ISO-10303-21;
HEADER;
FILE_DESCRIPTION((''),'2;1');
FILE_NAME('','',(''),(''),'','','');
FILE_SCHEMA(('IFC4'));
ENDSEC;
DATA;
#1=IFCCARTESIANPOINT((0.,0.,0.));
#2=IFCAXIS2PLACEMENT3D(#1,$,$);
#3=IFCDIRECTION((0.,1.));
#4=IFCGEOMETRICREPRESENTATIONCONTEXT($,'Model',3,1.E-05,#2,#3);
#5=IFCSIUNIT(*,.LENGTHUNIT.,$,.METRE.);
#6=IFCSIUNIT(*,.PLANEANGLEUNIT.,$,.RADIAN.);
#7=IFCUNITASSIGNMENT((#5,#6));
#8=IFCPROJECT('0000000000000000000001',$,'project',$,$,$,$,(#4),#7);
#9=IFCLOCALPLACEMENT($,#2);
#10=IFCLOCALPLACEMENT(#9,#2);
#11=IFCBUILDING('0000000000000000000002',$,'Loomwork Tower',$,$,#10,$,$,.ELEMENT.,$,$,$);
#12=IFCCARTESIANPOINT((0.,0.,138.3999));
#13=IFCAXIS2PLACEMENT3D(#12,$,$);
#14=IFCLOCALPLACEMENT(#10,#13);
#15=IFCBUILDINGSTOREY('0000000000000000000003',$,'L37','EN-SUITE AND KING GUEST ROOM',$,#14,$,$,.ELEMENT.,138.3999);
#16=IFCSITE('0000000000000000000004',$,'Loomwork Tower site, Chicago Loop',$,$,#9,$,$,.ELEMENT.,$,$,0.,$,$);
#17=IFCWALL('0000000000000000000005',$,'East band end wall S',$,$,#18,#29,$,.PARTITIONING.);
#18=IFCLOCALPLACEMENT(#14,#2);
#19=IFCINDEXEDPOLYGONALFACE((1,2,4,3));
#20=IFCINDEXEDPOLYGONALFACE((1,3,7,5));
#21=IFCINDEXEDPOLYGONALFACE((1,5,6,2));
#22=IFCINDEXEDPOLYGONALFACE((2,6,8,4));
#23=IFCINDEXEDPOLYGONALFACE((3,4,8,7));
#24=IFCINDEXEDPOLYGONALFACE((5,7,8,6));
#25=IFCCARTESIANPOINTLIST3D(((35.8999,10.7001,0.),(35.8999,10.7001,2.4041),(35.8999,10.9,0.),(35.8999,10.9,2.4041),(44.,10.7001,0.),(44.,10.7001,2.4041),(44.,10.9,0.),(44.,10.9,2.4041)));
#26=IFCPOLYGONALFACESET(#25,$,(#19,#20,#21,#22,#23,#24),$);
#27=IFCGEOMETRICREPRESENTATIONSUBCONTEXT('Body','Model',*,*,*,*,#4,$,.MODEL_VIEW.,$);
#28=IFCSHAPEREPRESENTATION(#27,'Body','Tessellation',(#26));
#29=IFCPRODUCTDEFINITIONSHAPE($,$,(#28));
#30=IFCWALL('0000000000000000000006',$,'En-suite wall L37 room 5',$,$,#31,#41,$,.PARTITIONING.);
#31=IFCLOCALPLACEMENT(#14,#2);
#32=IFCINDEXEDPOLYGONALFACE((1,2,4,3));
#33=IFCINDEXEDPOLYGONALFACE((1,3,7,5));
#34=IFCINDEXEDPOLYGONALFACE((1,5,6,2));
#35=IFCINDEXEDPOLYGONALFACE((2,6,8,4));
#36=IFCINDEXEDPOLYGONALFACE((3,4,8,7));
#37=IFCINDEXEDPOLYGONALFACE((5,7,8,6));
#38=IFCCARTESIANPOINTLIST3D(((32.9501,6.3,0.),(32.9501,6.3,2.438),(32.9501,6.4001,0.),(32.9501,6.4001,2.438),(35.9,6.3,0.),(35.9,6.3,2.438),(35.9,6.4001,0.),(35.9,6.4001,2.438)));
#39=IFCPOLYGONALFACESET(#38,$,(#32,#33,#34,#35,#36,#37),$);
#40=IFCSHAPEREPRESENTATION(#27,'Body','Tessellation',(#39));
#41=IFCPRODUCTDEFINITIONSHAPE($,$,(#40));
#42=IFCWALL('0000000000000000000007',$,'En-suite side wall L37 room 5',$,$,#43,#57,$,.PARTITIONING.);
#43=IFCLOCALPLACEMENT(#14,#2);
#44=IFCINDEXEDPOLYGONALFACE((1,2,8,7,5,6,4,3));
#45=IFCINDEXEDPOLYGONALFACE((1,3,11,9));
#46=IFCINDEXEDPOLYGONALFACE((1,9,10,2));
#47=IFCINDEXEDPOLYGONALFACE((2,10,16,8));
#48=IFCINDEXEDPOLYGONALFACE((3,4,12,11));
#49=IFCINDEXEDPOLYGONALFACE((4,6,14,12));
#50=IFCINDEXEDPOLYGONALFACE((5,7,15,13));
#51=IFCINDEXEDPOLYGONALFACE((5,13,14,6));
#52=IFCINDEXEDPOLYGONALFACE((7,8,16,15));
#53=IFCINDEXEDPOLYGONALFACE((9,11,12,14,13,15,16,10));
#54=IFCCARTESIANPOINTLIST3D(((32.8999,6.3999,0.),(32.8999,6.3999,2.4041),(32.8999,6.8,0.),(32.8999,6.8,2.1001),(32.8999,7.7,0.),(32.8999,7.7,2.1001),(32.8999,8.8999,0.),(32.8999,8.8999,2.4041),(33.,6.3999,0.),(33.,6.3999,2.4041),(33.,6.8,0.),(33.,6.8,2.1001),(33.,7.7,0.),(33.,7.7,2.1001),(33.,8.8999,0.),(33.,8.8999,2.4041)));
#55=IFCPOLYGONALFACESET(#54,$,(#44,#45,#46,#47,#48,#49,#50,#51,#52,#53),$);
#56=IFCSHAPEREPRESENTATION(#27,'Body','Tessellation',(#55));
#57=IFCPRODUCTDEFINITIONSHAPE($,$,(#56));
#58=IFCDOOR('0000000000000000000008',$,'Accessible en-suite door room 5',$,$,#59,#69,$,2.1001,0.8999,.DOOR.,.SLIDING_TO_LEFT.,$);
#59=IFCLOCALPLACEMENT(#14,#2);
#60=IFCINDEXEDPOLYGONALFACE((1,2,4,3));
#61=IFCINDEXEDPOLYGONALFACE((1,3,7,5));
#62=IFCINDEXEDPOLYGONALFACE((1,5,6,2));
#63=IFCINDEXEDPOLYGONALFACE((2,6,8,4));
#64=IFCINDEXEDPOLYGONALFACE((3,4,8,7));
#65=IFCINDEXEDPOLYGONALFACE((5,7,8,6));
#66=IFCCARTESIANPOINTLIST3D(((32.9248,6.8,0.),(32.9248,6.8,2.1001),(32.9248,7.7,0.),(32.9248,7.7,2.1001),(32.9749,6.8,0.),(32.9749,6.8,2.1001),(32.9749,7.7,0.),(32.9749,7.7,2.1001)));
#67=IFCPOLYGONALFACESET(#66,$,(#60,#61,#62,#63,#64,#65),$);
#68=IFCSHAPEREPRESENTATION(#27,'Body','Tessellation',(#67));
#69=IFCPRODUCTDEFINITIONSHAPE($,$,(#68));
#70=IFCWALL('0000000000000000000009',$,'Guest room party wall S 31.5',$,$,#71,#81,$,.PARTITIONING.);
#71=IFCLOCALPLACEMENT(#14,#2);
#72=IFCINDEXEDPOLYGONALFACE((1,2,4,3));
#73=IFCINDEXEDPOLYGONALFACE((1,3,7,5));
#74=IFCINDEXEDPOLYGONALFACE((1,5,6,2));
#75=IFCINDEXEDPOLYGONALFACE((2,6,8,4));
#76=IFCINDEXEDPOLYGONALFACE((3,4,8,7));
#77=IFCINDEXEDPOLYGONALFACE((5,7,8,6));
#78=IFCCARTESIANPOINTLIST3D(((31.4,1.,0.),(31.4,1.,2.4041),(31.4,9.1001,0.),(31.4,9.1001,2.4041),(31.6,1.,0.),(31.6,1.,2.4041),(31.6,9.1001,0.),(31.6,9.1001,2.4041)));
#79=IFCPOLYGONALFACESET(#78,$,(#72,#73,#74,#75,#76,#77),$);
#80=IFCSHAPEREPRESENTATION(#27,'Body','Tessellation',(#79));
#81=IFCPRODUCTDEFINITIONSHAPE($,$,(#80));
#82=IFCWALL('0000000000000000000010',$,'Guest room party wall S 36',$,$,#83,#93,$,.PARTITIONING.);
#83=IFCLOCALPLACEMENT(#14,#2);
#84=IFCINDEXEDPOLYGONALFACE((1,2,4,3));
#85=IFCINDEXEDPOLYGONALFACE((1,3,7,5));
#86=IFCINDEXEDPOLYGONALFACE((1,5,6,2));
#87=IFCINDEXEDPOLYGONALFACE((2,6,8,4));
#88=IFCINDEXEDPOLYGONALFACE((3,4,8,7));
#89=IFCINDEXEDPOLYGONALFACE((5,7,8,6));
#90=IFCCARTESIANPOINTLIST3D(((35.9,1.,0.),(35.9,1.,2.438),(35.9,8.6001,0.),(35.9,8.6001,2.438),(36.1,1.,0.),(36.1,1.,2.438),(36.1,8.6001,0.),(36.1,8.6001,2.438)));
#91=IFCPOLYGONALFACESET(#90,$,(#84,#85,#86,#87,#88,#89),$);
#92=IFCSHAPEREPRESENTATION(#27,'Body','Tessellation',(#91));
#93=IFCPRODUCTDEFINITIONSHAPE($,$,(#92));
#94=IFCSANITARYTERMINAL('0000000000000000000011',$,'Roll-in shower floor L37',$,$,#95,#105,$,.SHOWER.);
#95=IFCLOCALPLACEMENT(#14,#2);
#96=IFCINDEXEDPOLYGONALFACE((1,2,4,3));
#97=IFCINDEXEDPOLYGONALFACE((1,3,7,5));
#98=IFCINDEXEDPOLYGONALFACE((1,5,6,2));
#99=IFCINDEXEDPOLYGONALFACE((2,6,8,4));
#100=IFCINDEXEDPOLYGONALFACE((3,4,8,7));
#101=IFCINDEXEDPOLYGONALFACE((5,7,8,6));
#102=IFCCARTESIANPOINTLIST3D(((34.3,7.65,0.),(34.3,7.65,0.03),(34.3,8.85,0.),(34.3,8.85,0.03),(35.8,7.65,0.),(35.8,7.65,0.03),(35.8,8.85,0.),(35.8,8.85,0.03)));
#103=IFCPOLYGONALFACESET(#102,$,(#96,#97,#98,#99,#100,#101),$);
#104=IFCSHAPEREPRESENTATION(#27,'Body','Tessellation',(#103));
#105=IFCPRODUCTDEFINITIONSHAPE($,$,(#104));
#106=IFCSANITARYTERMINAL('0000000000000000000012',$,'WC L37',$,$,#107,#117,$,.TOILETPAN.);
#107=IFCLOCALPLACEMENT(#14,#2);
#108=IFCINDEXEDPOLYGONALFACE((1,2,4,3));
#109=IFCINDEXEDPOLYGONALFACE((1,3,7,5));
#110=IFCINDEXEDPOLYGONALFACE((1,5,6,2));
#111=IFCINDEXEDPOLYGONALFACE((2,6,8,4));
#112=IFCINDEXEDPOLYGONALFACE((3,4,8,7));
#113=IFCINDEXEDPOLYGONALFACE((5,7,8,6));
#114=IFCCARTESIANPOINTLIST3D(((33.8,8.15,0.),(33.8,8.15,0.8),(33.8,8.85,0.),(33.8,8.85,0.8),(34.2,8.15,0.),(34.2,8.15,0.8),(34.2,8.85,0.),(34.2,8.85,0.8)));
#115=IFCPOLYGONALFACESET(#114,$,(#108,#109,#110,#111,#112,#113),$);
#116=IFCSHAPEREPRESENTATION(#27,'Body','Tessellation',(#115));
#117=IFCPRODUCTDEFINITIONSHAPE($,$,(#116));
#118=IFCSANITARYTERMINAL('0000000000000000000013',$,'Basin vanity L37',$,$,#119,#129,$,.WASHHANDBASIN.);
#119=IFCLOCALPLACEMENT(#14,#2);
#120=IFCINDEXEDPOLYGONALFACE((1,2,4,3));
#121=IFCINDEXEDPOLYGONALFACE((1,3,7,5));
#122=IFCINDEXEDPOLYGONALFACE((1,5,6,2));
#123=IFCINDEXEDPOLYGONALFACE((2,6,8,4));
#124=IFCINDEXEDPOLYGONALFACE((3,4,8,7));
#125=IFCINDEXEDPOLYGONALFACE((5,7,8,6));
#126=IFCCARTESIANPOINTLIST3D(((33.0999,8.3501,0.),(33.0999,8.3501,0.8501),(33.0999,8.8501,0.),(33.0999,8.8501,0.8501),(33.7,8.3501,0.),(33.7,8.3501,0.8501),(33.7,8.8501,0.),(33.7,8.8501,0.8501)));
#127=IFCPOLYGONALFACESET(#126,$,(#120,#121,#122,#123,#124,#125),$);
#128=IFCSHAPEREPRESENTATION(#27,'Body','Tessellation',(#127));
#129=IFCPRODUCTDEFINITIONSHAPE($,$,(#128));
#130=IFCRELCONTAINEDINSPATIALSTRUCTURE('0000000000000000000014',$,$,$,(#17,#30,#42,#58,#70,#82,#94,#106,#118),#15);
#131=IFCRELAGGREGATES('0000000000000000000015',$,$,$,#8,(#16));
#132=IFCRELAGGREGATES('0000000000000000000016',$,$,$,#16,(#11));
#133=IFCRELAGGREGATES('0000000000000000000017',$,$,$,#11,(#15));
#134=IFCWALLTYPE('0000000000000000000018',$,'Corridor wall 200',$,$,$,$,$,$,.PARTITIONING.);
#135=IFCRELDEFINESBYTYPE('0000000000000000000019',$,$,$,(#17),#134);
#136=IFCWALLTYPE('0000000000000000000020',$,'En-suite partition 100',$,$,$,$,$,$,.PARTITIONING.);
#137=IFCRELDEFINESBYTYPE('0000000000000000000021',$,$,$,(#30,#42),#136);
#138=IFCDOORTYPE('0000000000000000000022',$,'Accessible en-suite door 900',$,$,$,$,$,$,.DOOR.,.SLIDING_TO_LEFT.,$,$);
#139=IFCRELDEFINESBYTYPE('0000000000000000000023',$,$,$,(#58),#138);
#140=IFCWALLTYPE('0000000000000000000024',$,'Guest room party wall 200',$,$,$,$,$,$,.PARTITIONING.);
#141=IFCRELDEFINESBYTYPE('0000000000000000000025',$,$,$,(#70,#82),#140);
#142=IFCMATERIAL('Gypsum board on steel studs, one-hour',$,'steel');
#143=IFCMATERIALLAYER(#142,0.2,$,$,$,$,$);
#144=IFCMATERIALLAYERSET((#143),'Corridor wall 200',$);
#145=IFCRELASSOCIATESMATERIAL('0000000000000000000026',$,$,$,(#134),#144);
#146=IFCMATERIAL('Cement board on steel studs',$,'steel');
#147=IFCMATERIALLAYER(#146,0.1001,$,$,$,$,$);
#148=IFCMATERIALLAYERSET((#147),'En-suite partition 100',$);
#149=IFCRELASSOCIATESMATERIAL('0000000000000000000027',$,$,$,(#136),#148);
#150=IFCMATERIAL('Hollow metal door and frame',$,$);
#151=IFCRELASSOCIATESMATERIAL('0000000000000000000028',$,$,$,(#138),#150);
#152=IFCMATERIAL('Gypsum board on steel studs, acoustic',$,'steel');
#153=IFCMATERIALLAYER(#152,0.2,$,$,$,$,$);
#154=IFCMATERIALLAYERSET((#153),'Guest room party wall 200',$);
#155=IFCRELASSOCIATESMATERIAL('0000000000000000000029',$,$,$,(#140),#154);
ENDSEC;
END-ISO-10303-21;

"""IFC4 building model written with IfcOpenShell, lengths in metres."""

from ifc_helpers import new_model, si_unit, direction, frame, frame_2d, origin, origin_2d, place, context, subcontext, project, spatial, rectangle, extrude, material, layer, layer_set, type_object, element, fill, save


model = new_model("IFC4")

# Units and contexts
model_context = context("Model", 3, precision=1e-05, world=origin(), true_north=direction((0.0, 1.0)))
body_context = subcontext(model_context, "Body", "Model", "MODEL_VIEW")
ifc_project = project(units=[si_unit("LENGTHUNIT", "METRE"), si_unit("PLANEANGLEUNIT", "RADIAN")], contexts=[model_context])

# Site, building, storey
site_placement = place(None, origin())
site = spatial("IfcSite", under=ifc_project, at=site_placement, Name="Loomwork Tower site, Chicago Loop", CompositionType="ELEMENT", RefElevation=0.0)
building_placement = place(site_placement, origin())
building = spatial("IfcBuilding", under=site, at=building_placement, Name="Loomwork Tower", CompositionType="ELEMENT")
storey_placement = place(building_placement, frame((0.0, 0.0, 138.3999)))
storey = spatial("IfcBuildingStorey", under=building, at=storey_placement, Name="L37", Description="EN-SUITE AND KING GUEST ROOM", CompositionType="ELEMENT", Elevation=138.3999)

# Shared definitions
ifc_material_1 = material(Name="Gypsum board on steel studs, one-hour", Category="steel")
ifc_layer_1 = layer(ifc_material_1, 0.2)
ifc_layer_set_1 = layer_set([ifc_layer_1], Name="Corridor wall 200")
wall_type_1 = type_object("IfcWallType", Name="Corridor wall 200", PredefinedType="PARTITIONING", material=ifc_layer_set_1)

# Walls
wall_1_placement = place(storey_placement, frame((35.8999, 10.8, 0.0), z_axis=(0.0, 0.0, 1.0), x_axis=(1.0, 0.0, 0.0)))
element("IfcWall", 1, at=wall_1_placement, inside=storey, type_object=wall_type_1, Name="East band end wall S", PredefinedType="PARTITIONING", context=body_context, shape_type="SweptSolid", body=[
    extrude(rectangle(XDim=8.1001, YDim=0.2, at=frame_2d((4.05, 0.0))), origin(), (0.0, 0.0, 1.0), 2.4041),
])
ifc_material_2 = material(Name="Cement board on steel studs", Category="steel")
ifc_layer_2 = layer(ifc_material_2, 0.1001)
ifc_layer_set_2 = layer_set([ifc_layer_2], Name="En-suite partition 100")
wall_type_2 = type_object("IfcWallType", Name="En-suite partition 100", PredefinedType="PARTITIONING", material=ifc_layer_set_2)
wall_2_placement = place(storey_placement, frame((32.95, 6.3501, 0.0), z_axis=(0.0, 0.0, 1.0), x_axis=(1.0, 0.0, 0.0)))
element("IfcWall", 2, at=wall_2_placement, inside=storey, type_object=wall_type_2, Name="En-suite wall L37 room 5", PredefinedType="PARTITIONING", context=body_context, shape_type="SweptSolid", body=[
    extrude(rectangle(XDim=2.95, YDim=0.1001, at=frame_2d((1.4751, 0.0))), origin(), (0.0, 0.0, 1.0), 2.438),
])

# Wall, opening, door
wall_3_placement = place(storey_placement, frame((32.95, 8.8999, 0.0), z_axis=(0.0, 0.0, 1.0), x_axis=(0.0, -1.0, 0.0)))
wall_3 = element("IfcWall", 3, at=wall_3_placement, inside=storey, type_object=wall_type_2, Name="En-suite side wall L37 room 5", PredefinedType="PARTITIONING", context=body_context, shape_type="SweptSolid", body=[
    extrude(rectangle(XDim=2.5, YDim=0.1001, at=frame_2d((1.25, 0.0))), origin(), (0.0, 0.0, 1.0), 2.4041),
])
opening_1_placement = place(wall_3_placement, frame((1.2, 0.0, 0.0)))
opening_1 = element("IfcOpeningElement", 4, at=opening_1_placement, cuts=wall_3, PredefinedType="OPENING", context=body_context, shape_type="SweptSolid", body=[
    extrude(rectangle(XDim=0.8999, YDim=2.1001, at=frame_2d((0.45, 1.05))), frame((0.0, 0.0601, 0.0), z_axis=(0.0, -1.0, 0.0), x_axis=(1.0, 0.0, 0.0)), (0.0, 0.0, 1.0), 0.1201),
])
ifc_material_3 = material(Name="Hollow metal door and frame")
door_type_1 = type_object("IfcDoorType", Name="Accessible en-suite door 900", OperationType="SLIDING_TO_LEFT", PredefinedType="DOOR", material=ifc_material_3)
door_1_placement = place(opening_1_placement, origin())
door_1 = element("IfcDoor", 5, at=door_1_placement, inside=storey, type_object=door_type_1, Name="Accessible en-suite door room 5", OperationType="SLIDING_TO_LEFT", OverallHeight=2.1001, OverallWidth=0.8999, PredefinedType="DOOR", context=body_context, shape_type="SweptSolid", body=[
    extrude(rectangle(XDim=0.8999, YDim=2.1001, at=frame_2d((0.45, 1.05))), frame((0.0, 0.0249, 0.0), z_axis=(0.0, -1.0, 0.0), x_axis=(1.0, 0.0, 0.0)), (0.0, 0.0, 1.0), 0.05),
])
fill(opening_1, door_1)

# Walls
ifc_material_4 = material(Name="Gypsum board on steel studs, acoustic", Category="steel")
ifc_layer_3 = layer(ifc_material_4, 0.2)
ifc_layer_set_3 = layer_set([ifc_layer_3], Name="Guest room party wall 200")
wall_type_3 = type_object("IfcWallType", Name="Guest room party wall 200", PredefinedType="PARTITIONING", material=ifc_layer_set_3)
wall_4_placement = place(storey_placement, frame((31.5, 9.1001, 0.0), z_axis=(0.0, 0.0, 1.0), x_axis=(0.0, -1.0, 0.0)))
element("IfcWall", 6, at=wall_4_placement, inside=storey, type_object=wall_type_3, Name="Guest room party wall S 31.5", PredefinedType="PARTITIONING", context=body_context, shape_type="SweptSolid", body=[
    extrude(rectangle(XDim=8.1001, YDim=0.2, at=frame_2d((4.05, 0.0))), origin(), (0.0, 0.0, 1.0), 2.4041),
])
wall_5_placement = place(storey_placement, frame((36.0, 8.6001, 0.0), z_axis=(0.0, 0.0, 1.0), x_axis=(0.0, -1.0, 0.0)))
element("IfcWall", 7, at=wall_5_placement, inside=storey, type_object=wall_type_3, Name="Guest room party wall S 36", PredefinedType="PARTITIONING", context=body_context, shape_type="SweptSolid", body=[
    extrude(rectangle(XDim=7.6001, YDim=0.2, at=frame_2d((3.8, 0.0))), origin(), (0.0, 0.0, 1.0), 2.438),
])

# Sanitary terminals
sanitary_terminal_1_placement = place(storey_placement, frame((35.05, 8.25, 0.0), z_axis=(0.0, 0.0, 1.0), x_axis=(1.0, 0.0, 0.0)))
element("IfcSanitaryTerminal", 8, at=sanitary_terminal_1_placement, inside=storey, Name="Roll-in shower floor L37", PredefinedType="SHOWER", context=body_context, shape_type="SweptSolid", body=[
    extrude(rectangle(XDim=1.5, YDim=1.2, at=origin_2d()), origin(), (0.0, 0.0, 1.0), 0.03),
])
sanitary_terminal_2_placement = place(storey_placement, frame((34.0, 8.5, 0.0), z_axis=(0.0, 0.0, 1.0), x_axis=(1.0, 0.0, 0.0)))
element("IfcSanitaryTerminal", 9, at=sanitary_terminal_2_placement, inside=storey, Name="WC L37", PredefinedType="TOILETPAN", context=body_context, shape_type="SweptSolid", body=[
    extrude(rectangle(XDim=0.3999, YDim=0.7, at=origin_2d()), origin(), (0.0, 0.0, 1.0), 0.8),
])
sanitary_terminal_3_placement = place(storey_placement, frame((33.3999, 8.6001, 0.0), z_axis=(0.0, 0.0, 1.0), x_axis=(1.0, 0.0, 0.0)))
element("IfcSanitaryTerminal", 10, at=sanitary_terminal_3_placement, inside=storey, Name="Basin vanity L37", PredefinedType="WASHHANDBASIN", context=body_context, shape_type="SweptSolid", body=[
    extrude(rectangle(XDim=0.6001, YDim=0.5, at=origin_2d()), origin(), (0.0, 0.0, 1.0), 0.8501),
])

save(model, "model.ifc")
